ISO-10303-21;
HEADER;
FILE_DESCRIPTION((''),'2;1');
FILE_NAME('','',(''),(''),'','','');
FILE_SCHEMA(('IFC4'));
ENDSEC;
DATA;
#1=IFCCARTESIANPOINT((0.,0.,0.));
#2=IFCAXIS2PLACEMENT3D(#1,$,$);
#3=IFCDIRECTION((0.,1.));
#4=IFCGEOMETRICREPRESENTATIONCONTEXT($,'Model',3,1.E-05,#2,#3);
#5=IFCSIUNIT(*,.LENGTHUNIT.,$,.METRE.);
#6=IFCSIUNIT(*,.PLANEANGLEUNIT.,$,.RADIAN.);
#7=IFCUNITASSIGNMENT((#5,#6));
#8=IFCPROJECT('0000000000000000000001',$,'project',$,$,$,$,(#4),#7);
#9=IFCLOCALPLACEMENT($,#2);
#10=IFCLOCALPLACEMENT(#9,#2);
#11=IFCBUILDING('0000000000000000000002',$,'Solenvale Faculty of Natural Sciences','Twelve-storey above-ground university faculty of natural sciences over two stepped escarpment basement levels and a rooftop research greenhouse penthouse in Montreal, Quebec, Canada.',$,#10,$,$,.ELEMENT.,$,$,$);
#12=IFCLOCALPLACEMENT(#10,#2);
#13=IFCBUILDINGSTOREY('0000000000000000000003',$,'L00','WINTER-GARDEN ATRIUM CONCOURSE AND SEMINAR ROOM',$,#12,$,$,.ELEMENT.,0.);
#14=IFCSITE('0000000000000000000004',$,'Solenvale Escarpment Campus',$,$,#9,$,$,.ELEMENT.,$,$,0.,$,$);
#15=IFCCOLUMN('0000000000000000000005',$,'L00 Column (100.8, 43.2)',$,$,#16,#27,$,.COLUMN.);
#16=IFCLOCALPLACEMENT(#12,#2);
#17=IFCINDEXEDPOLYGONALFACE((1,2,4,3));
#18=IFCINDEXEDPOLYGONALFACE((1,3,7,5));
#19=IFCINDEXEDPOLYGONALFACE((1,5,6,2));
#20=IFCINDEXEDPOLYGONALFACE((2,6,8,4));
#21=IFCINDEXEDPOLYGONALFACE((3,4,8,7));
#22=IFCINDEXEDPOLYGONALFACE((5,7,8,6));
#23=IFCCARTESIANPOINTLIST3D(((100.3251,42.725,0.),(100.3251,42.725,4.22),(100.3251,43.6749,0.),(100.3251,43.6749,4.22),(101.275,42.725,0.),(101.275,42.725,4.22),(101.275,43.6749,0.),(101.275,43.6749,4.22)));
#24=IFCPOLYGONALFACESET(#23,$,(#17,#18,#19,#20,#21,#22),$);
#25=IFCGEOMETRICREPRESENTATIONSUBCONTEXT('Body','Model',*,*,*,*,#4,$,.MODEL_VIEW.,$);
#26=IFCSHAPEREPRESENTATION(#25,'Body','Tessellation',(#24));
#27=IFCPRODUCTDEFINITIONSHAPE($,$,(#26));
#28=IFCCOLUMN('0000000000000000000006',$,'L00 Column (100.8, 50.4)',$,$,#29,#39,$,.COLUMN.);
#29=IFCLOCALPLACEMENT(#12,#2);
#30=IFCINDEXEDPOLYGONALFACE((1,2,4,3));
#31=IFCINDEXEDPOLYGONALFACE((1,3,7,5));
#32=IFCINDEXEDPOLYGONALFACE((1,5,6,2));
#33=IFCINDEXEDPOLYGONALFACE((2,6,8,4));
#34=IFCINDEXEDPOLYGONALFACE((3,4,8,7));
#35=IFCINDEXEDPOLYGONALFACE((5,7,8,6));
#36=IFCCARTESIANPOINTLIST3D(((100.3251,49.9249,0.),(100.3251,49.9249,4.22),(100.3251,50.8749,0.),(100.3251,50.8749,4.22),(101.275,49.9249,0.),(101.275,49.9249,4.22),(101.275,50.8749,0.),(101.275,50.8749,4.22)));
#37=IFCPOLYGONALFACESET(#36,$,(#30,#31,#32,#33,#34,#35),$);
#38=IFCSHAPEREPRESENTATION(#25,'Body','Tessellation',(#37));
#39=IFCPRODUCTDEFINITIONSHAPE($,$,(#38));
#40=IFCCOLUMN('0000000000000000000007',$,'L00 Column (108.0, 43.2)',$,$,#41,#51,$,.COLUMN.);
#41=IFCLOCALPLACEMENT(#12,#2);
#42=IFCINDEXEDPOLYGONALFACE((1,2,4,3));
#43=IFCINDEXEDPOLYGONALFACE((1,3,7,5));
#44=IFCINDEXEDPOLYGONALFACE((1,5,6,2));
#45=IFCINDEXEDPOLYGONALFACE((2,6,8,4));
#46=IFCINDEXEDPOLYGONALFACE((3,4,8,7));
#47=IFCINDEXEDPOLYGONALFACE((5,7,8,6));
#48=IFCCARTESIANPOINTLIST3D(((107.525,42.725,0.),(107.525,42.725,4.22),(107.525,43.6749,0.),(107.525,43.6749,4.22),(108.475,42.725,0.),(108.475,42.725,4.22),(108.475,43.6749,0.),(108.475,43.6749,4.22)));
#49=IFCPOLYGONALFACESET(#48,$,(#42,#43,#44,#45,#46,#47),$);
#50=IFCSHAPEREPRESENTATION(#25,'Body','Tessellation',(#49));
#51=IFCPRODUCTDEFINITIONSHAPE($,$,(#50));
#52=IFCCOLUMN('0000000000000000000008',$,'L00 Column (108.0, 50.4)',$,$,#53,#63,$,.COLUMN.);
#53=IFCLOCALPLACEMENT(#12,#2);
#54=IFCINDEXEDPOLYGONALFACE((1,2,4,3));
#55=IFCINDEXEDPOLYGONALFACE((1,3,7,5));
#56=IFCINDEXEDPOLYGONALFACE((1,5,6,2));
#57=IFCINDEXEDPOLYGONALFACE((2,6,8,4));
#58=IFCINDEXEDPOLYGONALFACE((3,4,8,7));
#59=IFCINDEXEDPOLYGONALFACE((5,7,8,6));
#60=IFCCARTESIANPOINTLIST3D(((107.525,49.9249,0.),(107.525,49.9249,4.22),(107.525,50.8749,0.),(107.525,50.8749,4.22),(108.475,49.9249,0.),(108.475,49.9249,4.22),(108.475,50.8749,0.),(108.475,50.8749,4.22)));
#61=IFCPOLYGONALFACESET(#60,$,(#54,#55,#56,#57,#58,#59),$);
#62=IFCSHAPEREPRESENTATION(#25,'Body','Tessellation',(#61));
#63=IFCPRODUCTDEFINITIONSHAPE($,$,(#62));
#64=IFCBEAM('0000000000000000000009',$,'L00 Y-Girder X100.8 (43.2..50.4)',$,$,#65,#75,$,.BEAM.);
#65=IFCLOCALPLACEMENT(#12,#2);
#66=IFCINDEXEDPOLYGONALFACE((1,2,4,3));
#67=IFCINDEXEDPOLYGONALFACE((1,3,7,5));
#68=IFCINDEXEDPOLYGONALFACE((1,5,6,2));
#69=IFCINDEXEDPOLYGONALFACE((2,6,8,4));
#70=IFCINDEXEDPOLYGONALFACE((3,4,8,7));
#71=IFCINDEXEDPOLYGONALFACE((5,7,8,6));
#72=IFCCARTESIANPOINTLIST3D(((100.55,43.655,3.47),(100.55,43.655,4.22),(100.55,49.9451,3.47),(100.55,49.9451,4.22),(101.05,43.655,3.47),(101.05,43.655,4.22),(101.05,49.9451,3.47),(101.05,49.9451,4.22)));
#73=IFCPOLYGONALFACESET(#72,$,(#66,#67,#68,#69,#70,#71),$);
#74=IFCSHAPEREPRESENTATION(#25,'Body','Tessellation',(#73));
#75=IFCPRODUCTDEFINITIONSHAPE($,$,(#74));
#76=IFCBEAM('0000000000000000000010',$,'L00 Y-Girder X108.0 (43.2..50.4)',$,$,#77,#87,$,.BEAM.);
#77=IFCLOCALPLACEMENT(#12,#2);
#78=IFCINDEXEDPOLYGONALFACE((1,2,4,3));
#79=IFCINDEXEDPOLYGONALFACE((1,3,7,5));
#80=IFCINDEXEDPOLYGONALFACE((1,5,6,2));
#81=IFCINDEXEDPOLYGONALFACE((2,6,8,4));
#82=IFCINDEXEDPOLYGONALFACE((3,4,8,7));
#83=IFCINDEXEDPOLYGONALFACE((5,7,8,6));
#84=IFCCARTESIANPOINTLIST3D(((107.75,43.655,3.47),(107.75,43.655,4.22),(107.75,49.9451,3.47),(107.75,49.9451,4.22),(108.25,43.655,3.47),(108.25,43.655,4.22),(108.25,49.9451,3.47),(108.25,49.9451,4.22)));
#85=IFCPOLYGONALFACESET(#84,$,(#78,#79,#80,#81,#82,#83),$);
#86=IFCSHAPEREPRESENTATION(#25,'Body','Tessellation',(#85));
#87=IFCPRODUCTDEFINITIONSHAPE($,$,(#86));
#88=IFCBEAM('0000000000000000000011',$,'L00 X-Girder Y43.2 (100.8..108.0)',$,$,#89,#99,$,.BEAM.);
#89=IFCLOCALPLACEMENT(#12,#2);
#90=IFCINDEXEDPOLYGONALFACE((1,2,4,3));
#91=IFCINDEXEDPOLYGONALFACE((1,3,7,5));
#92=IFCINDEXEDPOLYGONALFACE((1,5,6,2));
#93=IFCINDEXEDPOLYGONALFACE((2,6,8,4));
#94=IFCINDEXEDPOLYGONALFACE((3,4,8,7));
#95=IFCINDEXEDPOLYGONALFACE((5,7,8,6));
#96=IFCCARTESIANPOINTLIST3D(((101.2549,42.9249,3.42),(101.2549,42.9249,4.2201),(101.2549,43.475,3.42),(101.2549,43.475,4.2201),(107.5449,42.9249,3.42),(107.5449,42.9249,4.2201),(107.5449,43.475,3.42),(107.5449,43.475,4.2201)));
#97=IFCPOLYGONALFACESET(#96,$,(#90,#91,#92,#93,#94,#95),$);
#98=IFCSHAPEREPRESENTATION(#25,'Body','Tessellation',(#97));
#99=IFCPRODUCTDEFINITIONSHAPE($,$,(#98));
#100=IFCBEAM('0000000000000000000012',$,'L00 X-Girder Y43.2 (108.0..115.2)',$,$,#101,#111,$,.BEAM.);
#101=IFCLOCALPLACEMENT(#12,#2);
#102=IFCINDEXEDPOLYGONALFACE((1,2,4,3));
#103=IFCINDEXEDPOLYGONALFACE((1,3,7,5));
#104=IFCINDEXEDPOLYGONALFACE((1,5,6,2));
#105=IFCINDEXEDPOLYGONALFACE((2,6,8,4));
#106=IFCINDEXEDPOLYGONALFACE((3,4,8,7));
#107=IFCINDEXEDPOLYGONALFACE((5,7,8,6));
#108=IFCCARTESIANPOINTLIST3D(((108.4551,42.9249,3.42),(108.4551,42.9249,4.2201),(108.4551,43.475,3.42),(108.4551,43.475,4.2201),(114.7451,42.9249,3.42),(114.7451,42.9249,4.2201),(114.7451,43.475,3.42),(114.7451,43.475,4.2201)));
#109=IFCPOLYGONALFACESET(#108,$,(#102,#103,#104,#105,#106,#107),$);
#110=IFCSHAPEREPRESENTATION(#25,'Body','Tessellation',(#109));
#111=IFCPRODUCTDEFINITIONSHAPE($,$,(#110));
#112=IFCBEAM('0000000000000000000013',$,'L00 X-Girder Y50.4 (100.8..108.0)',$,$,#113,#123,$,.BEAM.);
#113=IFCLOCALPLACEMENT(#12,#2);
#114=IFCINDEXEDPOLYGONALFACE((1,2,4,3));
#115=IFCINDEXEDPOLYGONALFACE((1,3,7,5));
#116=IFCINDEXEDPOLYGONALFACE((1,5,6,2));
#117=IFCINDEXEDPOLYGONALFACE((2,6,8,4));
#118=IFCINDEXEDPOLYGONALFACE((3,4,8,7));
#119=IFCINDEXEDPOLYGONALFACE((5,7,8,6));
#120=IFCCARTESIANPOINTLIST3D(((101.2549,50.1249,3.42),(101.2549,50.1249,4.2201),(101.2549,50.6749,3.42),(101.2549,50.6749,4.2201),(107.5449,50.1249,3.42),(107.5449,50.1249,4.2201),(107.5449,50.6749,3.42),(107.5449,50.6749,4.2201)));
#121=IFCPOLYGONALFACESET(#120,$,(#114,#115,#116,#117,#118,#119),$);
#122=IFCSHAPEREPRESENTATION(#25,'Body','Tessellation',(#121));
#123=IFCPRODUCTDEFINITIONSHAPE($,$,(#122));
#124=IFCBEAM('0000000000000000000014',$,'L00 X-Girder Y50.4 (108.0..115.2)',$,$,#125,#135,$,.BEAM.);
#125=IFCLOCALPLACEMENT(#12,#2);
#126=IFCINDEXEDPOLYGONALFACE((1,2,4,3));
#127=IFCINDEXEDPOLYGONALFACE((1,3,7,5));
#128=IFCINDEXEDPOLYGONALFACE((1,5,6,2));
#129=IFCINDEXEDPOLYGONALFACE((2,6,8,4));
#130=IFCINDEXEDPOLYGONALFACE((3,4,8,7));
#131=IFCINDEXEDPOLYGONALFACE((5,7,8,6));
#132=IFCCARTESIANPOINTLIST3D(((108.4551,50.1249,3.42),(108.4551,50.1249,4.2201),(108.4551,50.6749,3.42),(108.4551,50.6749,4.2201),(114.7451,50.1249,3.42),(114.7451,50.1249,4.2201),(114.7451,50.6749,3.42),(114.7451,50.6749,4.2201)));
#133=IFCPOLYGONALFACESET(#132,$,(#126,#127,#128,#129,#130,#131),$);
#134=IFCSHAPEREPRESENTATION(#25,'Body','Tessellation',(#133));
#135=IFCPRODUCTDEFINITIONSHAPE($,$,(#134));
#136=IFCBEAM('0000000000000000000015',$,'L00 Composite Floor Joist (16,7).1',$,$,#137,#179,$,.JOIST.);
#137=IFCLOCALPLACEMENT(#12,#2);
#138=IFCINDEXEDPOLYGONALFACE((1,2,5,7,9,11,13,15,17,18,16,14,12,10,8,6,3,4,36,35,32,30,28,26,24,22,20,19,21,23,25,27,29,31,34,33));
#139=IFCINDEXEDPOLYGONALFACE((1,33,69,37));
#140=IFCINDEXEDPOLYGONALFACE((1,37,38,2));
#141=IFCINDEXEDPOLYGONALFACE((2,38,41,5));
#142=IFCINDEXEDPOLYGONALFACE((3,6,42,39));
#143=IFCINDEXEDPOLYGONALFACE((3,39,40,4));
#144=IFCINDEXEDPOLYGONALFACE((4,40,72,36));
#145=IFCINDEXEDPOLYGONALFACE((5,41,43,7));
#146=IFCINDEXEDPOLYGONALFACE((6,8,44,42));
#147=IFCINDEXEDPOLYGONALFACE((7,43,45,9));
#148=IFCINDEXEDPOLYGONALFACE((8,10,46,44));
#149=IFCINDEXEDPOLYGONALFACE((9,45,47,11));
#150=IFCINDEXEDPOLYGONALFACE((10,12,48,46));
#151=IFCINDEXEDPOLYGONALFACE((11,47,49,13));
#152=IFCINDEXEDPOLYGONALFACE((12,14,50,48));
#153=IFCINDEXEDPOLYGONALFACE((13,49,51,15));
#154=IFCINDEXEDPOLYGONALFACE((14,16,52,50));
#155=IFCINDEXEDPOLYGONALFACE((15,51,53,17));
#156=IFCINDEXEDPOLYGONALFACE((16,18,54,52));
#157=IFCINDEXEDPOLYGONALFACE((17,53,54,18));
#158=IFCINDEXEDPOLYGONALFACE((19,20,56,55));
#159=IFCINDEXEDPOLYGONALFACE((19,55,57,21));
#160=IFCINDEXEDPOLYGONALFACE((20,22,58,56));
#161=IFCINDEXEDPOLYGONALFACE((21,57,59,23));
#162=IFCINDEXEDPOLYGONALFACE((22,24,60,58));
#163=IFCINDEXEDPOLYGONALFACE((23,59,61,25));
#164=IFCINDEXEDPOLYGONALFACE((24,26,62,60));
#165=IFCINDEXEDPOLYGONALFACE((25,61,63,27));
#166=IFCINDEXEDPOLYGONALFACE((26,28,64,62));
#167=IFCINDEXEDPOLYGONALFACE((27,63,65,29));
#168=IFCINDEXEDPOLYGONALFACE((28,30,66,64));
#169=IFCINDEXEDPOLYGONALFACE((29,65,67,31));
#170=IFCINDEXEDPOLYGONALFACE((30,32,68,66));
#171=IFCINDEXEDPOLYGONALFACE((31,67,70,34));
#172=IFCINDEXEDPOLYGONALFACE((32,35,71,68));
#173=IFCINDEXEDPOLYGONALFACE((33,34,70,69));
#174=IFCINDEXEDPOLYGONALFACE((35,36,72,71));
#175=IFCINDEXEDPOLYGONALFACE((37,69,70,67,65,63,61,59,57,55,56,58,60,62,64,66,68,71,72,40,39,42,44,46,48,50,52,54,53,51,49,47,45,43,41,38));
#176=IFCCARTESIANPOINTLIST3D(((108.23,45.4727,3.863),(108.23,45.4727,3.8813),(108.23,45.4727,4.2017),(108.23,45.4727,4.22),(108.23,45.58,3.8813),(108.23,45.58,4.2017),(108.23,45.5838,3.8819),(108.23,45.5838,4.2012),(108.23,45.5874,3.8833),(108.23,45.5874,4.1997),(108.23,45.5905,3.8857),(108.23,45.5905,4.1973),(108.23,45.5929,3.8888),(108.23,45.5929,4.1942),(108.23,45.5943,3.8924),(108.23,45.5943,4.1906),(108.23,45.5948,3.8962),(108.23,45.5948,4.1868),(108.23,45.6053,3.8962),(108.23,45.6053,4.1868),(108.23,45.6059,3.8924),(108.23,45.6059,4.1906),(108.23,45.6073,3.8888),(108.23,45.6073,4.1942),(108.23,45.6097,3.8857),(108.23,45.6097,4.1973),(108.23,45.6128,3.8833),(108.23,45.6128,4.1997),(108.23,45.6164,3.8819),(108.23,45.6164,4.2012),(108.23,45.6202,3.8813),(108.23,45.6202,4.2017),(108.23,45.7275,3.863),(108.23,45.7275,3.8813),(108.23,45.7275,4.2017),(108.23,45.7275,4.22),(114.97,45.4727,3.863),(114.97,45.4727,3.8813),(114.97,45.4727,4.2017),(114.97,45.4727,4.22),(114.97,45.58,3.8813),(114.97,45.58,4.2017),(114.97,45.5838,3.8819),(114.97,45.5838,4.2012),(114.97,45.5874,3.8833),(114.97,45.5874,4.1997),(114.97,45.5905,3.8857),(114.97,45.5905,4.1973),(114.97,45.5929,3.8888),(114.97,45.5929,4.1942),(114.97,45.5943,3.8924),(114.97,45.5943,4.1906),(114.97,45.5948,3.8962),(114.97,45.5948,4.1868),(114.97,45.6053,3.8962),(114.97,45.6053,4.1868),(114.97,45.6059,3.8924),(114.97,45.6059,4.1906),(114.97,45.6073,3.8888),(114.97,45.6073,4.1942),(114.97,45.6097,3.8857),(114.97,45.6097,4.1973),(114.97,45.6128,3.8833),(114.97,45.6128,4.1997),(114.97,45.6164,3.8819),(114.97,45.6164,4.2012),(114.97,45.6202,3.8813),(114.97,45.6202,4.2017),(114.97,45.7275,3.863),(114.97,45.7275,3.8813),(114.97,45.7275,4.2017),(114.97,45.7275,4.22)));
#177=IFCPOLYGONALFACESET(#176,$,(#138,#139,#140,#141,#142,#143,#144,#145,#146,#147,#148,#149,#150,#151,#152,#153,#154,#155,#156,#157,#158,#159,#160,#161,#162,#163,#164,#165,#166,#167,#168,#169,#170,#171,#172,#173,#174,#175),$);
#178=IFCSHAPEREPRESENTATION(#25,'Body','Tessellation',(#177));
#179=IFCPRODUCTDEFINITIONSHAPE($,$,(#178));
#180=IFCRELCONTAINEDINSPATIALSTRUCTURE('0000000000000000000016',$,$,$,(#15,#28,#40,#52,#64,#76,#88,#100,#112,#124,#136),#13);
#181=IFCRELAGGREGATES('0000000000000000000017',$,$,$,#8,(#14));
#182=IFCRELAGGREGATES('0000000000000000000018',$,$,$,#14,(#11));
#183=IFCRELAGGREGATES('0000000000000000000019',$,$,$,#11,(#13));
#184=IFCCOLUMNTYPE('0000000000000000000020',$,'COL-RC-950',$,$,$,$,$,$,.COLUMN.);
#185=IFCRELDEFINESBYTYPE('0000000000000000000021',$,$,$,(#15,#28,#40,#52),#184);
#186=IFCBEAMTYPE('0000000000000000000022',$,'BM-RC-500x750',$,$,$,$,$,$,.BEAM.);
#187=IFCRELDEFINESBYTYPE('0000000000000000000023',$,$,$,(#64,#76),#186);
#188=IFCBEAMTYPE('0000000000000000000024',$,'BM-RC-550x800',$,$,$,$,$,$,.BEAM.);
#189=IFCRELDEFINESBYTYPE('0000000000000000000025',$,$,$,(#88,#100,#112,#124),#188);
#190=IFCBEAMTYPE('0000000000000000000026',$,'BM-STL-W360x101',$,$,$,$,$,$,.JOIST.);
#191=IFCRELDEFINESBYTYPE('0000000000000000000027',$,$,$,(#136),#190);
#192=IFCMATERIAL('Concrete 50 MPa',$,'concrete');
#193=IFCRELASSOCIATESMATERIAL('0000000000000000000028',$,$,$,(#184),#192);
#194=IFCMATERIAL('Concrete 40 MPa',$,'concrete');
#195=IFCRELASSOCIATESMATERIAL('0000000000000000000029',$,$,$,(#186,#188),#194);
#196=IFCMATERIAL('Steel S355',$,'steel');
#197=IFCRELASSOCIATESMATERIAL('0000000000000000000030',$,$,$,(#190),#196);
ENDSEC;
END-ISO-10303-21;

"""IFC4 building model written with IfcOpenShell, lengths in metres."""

from ifc_helpers import new_model, si_unit, direction, frame, origin, origin_2d, place, context, subcontext, project, spatial, rectangle, i_section, extrude, material, material_profile, profile_set, type_object, element, save


model = new_model("IFC4")

# Units and contexts
model_context = context("Model", 3, precision=1e-05, world=origin(), true_north=direction((0.0, 1.0)))
body_context = subcontext(model_context, "Body", "Model", "MODEL_VIEW")
ifc_project = project(units=[si_unit("LENGTHUNIT", "METRE"), si_unit("PLANEANGLEUNIT", "RADIAN")], contexts=[model_context])

# Site, building, storey
site_placement = place(None, origin())
site = spatial("IfcSite", under=ifc_project, at=site_placement, Name="Solenvale Escarpment Campus", CompositionType="ELEMENT", RefElevation=0.0)
building_placement = place(site_placement, origin())
building = spatial("IfcBuilding", under=site, at=building_placement, Name="Solenvale Faculty of Natural Sciences", Description="Twelve-storey above-ground university faculty of natural sciences over two stepped escarpment basement levels and a rooftop research greenhouse penthouse in Montreal, Quebec, Canada.", CompositionType="ELEMENT")
storey_placement = place(building_placement, origin())
storey = spatial("IfcBuildingStorey", under=building, at=storey_placement, Name="L00", Description="WINTER-GARDEN ATRIUM CONCOURSE AND SEMINAR ROOM", CompositionType="ELEMENT", Elevation=0.0)

# Columns
ifc_material_1 = material(Name="Concrete 50 MPa", Category="concrete")
ifc_material_profile_1 = material_profile(ifc_material_1, rectangle(XDim=0.95, YDim=0.95, at=origin_2d()), Name="RC-COL-950x950")
ifc_profile_set_1 = profile_set([ifc_material_profile_1], Name="Concrete 50 MPa")
column_type = type_object("IfcColumnType", Name="COL-RC-950", PredefinedType="COLUMN", material=ifc_profile_set_1)
for number, where, z_axis, x_axis, name in (
    (1, (100.8, 43.2, 0.0), (0.0, 0.0, 1.0), (1.0, 0.0, 0.0), "L00 Column (100.8, 43.2)"),
    (2, (100.8, 50.3999, 0.0), (0.0, 0.0, 1.0), (1.0, 0.0, 0.0), "L00 Column (100.8, 50.4)"),
    (3, (108.0, 43.2, 0.0), (0.0, 0.0, 1.0), (1.0, 0.0, 0.0), "L00 Column (108.0, 43.2)"),
    (4, (108.0, 50.3999, 0.0), (0.0, 0.0, 1.0), (1.0, 0.0, 0.0), "L00 Column (108.0, 50.4)"),
):
    element("IfcColumn", number, at=place(storey_placement, frame(where, z_axis=z_axis, x_axis=x_axis)), inside=storey, type_object=column_type, Name=name, PredefinedType="COLUMN", context=body_context, shape_type="SweptSolid", body=[
        extrude(rectangle(XDim=0.95, YDim=0.95, at=origin_2d()), origin(), (0.0, 0.0, 1.0), 4.22),
    ])

# Beams
ifc_material_2 = material(Name="Concrete 40 MPa", Category="concrete")
ifc_material_profile_2 = material_profile(ifc_material_2, rectangle(XDim=0.5, YDim=0.75, at=origin_2d()), Name="RC-BM-500x750")
ifc_profile_set_2 = profile_set([ifc_material_profile_2], Name="Concrete 40 MPa")
beam_type_1 = type_object("IfcBeamType", Name="BM-RC-500x750", PredefinedType="BEAM", material=ifc_profile_set_2)
for number, where, z_axis, x_axis, name in (
    (5, (100.8, 43.655, 3.845), (0.0, 1.0, 0.0), (-1.0, 0.0, 0.0), "L00 Y-Girder X100.8 (43.2..50.4)"),
    (6, (108.0, 43.655, 3.845), (0.0, 1.0, 0.0), (-1.0, 0.0, 0.0), "L00 Y-Girder X108.0 (43.2..50.4)"),
):
    element("IfcBeam", number, at=place(storey_placement, frame(where, z_axis=z_axis, x_axis=x_axis)), inside=storey, type_object=beam_type_1, Name=name, PredefinedType="BEAM", context=body_context, shape_type="SweptSolid", body=[
        extrude(rectangle(XDim=0.5, YDim=0.75, at=origin_2d()), origin(), (0.0, 0.0, 1.0), 6.29),
    ])
ifc_material_profile_3 = material_profile(ifc_material_2, rectangle(XDim=0.55, YDim=0.8, at=origin_2d()), Name="RC-BM-550x800")
ifc_profile_set_3 = profile_set([ifc_material_profile_3], Name="Concrete 40 MPa")
beam_type_2 = type_object("IfcBeamType", Name="BM-RC-550x800", PredefinedType="BEAM", material=ifc_profile_set_3)
for number, where, z_axis, x_axis, name in (
    (7, (101.2549, 43.2, 3.8201), (1.0, 0.0, 0.0), (0.0, 1.0, 0.0), "L00 X-Girder Y43.2 (100.8..108.0)"),
    (8, (108.4551, 43.2, 3.8201), (1.0, 0.0, 0.0), (0.0, 1.0, 0.0), "L00 X-Girder Y43.2 (108.0..115.2)"),
    (9, (101.2549, 50.3999, 3.8201), (1.0, 0.0, 0.0), (0.0, 1.0, 0.0), "L00 X-Girder Y50.4 (100.8..108.0)"),
    (10, (108.4551, 50.3999, 3.8201), (1.0, 0.0, 0.0), (0.0, 1.0, 0.0), "L00 X-Girder Y50.4 (108.0..115.2)"),
):
    element("IfcBeam", number, at=place(storey_placement, frame(where, z_axis=z_axis, x_axis=x_axis)), inside=storey, type_object=beam_type_2, Name=name, PredefinedType="BEAM", context=body_context, shape_type="SweptSolid", body=[
        extrude(rectangle(XDim=0.55, YDim=0.8, at=origin_2d()), origin(), (0.0, 0.0, 1.0), 6.29),
    ])
ifc_material_3 = material(Name="Steel S355", Category="steel")
ifc_material_profile_4 = material_profile(ifc_material_3, i_section(OverallWidth=0.2549, OverallDepth=0.3569, WebThickness=0.0105, FlangeThickness=0.0183, FilletRadius=0.0149, at=origin_2d()), Name="W360x101")
ifc_profile_set_4 = profile_set([ifc_material_profile_4], Name="Steel S355")
beam_type_3 = type_object("IfcBeamType", Name="BM-STL-W360x101", PredefinedType="JOIST", material=ifc_profile_set_4)
for number, where, z_axis, x_axis, name in (
    (11, (108.23, 45.6001, 4.0415), (1.0, 0.0, 0.0), (0.0, 1.0, 0.0), "L00 Composite Floor Joist (16,7).1"),
):
    element("IfcBeam", number, at=place(storey_placement, frame(where, z_axis=z_axis, x_axis=x_axis)), inside=storey, type_object=beam_type_3, Name=name, PredefinedType="JOIST", context=body_context, shape_type="SweptSolid", body=[
        extrude(i_section(OverallWidth=0.2549, OverallDepth=0.3569, WebThickness=0.0105, FlangeThickness=0.0183, FilletRadius=0.0149, at=origin_2d()), origin(), (0.0, 0.0, 1.0), 6.74),
    ])

save(model, "model.ifc")
